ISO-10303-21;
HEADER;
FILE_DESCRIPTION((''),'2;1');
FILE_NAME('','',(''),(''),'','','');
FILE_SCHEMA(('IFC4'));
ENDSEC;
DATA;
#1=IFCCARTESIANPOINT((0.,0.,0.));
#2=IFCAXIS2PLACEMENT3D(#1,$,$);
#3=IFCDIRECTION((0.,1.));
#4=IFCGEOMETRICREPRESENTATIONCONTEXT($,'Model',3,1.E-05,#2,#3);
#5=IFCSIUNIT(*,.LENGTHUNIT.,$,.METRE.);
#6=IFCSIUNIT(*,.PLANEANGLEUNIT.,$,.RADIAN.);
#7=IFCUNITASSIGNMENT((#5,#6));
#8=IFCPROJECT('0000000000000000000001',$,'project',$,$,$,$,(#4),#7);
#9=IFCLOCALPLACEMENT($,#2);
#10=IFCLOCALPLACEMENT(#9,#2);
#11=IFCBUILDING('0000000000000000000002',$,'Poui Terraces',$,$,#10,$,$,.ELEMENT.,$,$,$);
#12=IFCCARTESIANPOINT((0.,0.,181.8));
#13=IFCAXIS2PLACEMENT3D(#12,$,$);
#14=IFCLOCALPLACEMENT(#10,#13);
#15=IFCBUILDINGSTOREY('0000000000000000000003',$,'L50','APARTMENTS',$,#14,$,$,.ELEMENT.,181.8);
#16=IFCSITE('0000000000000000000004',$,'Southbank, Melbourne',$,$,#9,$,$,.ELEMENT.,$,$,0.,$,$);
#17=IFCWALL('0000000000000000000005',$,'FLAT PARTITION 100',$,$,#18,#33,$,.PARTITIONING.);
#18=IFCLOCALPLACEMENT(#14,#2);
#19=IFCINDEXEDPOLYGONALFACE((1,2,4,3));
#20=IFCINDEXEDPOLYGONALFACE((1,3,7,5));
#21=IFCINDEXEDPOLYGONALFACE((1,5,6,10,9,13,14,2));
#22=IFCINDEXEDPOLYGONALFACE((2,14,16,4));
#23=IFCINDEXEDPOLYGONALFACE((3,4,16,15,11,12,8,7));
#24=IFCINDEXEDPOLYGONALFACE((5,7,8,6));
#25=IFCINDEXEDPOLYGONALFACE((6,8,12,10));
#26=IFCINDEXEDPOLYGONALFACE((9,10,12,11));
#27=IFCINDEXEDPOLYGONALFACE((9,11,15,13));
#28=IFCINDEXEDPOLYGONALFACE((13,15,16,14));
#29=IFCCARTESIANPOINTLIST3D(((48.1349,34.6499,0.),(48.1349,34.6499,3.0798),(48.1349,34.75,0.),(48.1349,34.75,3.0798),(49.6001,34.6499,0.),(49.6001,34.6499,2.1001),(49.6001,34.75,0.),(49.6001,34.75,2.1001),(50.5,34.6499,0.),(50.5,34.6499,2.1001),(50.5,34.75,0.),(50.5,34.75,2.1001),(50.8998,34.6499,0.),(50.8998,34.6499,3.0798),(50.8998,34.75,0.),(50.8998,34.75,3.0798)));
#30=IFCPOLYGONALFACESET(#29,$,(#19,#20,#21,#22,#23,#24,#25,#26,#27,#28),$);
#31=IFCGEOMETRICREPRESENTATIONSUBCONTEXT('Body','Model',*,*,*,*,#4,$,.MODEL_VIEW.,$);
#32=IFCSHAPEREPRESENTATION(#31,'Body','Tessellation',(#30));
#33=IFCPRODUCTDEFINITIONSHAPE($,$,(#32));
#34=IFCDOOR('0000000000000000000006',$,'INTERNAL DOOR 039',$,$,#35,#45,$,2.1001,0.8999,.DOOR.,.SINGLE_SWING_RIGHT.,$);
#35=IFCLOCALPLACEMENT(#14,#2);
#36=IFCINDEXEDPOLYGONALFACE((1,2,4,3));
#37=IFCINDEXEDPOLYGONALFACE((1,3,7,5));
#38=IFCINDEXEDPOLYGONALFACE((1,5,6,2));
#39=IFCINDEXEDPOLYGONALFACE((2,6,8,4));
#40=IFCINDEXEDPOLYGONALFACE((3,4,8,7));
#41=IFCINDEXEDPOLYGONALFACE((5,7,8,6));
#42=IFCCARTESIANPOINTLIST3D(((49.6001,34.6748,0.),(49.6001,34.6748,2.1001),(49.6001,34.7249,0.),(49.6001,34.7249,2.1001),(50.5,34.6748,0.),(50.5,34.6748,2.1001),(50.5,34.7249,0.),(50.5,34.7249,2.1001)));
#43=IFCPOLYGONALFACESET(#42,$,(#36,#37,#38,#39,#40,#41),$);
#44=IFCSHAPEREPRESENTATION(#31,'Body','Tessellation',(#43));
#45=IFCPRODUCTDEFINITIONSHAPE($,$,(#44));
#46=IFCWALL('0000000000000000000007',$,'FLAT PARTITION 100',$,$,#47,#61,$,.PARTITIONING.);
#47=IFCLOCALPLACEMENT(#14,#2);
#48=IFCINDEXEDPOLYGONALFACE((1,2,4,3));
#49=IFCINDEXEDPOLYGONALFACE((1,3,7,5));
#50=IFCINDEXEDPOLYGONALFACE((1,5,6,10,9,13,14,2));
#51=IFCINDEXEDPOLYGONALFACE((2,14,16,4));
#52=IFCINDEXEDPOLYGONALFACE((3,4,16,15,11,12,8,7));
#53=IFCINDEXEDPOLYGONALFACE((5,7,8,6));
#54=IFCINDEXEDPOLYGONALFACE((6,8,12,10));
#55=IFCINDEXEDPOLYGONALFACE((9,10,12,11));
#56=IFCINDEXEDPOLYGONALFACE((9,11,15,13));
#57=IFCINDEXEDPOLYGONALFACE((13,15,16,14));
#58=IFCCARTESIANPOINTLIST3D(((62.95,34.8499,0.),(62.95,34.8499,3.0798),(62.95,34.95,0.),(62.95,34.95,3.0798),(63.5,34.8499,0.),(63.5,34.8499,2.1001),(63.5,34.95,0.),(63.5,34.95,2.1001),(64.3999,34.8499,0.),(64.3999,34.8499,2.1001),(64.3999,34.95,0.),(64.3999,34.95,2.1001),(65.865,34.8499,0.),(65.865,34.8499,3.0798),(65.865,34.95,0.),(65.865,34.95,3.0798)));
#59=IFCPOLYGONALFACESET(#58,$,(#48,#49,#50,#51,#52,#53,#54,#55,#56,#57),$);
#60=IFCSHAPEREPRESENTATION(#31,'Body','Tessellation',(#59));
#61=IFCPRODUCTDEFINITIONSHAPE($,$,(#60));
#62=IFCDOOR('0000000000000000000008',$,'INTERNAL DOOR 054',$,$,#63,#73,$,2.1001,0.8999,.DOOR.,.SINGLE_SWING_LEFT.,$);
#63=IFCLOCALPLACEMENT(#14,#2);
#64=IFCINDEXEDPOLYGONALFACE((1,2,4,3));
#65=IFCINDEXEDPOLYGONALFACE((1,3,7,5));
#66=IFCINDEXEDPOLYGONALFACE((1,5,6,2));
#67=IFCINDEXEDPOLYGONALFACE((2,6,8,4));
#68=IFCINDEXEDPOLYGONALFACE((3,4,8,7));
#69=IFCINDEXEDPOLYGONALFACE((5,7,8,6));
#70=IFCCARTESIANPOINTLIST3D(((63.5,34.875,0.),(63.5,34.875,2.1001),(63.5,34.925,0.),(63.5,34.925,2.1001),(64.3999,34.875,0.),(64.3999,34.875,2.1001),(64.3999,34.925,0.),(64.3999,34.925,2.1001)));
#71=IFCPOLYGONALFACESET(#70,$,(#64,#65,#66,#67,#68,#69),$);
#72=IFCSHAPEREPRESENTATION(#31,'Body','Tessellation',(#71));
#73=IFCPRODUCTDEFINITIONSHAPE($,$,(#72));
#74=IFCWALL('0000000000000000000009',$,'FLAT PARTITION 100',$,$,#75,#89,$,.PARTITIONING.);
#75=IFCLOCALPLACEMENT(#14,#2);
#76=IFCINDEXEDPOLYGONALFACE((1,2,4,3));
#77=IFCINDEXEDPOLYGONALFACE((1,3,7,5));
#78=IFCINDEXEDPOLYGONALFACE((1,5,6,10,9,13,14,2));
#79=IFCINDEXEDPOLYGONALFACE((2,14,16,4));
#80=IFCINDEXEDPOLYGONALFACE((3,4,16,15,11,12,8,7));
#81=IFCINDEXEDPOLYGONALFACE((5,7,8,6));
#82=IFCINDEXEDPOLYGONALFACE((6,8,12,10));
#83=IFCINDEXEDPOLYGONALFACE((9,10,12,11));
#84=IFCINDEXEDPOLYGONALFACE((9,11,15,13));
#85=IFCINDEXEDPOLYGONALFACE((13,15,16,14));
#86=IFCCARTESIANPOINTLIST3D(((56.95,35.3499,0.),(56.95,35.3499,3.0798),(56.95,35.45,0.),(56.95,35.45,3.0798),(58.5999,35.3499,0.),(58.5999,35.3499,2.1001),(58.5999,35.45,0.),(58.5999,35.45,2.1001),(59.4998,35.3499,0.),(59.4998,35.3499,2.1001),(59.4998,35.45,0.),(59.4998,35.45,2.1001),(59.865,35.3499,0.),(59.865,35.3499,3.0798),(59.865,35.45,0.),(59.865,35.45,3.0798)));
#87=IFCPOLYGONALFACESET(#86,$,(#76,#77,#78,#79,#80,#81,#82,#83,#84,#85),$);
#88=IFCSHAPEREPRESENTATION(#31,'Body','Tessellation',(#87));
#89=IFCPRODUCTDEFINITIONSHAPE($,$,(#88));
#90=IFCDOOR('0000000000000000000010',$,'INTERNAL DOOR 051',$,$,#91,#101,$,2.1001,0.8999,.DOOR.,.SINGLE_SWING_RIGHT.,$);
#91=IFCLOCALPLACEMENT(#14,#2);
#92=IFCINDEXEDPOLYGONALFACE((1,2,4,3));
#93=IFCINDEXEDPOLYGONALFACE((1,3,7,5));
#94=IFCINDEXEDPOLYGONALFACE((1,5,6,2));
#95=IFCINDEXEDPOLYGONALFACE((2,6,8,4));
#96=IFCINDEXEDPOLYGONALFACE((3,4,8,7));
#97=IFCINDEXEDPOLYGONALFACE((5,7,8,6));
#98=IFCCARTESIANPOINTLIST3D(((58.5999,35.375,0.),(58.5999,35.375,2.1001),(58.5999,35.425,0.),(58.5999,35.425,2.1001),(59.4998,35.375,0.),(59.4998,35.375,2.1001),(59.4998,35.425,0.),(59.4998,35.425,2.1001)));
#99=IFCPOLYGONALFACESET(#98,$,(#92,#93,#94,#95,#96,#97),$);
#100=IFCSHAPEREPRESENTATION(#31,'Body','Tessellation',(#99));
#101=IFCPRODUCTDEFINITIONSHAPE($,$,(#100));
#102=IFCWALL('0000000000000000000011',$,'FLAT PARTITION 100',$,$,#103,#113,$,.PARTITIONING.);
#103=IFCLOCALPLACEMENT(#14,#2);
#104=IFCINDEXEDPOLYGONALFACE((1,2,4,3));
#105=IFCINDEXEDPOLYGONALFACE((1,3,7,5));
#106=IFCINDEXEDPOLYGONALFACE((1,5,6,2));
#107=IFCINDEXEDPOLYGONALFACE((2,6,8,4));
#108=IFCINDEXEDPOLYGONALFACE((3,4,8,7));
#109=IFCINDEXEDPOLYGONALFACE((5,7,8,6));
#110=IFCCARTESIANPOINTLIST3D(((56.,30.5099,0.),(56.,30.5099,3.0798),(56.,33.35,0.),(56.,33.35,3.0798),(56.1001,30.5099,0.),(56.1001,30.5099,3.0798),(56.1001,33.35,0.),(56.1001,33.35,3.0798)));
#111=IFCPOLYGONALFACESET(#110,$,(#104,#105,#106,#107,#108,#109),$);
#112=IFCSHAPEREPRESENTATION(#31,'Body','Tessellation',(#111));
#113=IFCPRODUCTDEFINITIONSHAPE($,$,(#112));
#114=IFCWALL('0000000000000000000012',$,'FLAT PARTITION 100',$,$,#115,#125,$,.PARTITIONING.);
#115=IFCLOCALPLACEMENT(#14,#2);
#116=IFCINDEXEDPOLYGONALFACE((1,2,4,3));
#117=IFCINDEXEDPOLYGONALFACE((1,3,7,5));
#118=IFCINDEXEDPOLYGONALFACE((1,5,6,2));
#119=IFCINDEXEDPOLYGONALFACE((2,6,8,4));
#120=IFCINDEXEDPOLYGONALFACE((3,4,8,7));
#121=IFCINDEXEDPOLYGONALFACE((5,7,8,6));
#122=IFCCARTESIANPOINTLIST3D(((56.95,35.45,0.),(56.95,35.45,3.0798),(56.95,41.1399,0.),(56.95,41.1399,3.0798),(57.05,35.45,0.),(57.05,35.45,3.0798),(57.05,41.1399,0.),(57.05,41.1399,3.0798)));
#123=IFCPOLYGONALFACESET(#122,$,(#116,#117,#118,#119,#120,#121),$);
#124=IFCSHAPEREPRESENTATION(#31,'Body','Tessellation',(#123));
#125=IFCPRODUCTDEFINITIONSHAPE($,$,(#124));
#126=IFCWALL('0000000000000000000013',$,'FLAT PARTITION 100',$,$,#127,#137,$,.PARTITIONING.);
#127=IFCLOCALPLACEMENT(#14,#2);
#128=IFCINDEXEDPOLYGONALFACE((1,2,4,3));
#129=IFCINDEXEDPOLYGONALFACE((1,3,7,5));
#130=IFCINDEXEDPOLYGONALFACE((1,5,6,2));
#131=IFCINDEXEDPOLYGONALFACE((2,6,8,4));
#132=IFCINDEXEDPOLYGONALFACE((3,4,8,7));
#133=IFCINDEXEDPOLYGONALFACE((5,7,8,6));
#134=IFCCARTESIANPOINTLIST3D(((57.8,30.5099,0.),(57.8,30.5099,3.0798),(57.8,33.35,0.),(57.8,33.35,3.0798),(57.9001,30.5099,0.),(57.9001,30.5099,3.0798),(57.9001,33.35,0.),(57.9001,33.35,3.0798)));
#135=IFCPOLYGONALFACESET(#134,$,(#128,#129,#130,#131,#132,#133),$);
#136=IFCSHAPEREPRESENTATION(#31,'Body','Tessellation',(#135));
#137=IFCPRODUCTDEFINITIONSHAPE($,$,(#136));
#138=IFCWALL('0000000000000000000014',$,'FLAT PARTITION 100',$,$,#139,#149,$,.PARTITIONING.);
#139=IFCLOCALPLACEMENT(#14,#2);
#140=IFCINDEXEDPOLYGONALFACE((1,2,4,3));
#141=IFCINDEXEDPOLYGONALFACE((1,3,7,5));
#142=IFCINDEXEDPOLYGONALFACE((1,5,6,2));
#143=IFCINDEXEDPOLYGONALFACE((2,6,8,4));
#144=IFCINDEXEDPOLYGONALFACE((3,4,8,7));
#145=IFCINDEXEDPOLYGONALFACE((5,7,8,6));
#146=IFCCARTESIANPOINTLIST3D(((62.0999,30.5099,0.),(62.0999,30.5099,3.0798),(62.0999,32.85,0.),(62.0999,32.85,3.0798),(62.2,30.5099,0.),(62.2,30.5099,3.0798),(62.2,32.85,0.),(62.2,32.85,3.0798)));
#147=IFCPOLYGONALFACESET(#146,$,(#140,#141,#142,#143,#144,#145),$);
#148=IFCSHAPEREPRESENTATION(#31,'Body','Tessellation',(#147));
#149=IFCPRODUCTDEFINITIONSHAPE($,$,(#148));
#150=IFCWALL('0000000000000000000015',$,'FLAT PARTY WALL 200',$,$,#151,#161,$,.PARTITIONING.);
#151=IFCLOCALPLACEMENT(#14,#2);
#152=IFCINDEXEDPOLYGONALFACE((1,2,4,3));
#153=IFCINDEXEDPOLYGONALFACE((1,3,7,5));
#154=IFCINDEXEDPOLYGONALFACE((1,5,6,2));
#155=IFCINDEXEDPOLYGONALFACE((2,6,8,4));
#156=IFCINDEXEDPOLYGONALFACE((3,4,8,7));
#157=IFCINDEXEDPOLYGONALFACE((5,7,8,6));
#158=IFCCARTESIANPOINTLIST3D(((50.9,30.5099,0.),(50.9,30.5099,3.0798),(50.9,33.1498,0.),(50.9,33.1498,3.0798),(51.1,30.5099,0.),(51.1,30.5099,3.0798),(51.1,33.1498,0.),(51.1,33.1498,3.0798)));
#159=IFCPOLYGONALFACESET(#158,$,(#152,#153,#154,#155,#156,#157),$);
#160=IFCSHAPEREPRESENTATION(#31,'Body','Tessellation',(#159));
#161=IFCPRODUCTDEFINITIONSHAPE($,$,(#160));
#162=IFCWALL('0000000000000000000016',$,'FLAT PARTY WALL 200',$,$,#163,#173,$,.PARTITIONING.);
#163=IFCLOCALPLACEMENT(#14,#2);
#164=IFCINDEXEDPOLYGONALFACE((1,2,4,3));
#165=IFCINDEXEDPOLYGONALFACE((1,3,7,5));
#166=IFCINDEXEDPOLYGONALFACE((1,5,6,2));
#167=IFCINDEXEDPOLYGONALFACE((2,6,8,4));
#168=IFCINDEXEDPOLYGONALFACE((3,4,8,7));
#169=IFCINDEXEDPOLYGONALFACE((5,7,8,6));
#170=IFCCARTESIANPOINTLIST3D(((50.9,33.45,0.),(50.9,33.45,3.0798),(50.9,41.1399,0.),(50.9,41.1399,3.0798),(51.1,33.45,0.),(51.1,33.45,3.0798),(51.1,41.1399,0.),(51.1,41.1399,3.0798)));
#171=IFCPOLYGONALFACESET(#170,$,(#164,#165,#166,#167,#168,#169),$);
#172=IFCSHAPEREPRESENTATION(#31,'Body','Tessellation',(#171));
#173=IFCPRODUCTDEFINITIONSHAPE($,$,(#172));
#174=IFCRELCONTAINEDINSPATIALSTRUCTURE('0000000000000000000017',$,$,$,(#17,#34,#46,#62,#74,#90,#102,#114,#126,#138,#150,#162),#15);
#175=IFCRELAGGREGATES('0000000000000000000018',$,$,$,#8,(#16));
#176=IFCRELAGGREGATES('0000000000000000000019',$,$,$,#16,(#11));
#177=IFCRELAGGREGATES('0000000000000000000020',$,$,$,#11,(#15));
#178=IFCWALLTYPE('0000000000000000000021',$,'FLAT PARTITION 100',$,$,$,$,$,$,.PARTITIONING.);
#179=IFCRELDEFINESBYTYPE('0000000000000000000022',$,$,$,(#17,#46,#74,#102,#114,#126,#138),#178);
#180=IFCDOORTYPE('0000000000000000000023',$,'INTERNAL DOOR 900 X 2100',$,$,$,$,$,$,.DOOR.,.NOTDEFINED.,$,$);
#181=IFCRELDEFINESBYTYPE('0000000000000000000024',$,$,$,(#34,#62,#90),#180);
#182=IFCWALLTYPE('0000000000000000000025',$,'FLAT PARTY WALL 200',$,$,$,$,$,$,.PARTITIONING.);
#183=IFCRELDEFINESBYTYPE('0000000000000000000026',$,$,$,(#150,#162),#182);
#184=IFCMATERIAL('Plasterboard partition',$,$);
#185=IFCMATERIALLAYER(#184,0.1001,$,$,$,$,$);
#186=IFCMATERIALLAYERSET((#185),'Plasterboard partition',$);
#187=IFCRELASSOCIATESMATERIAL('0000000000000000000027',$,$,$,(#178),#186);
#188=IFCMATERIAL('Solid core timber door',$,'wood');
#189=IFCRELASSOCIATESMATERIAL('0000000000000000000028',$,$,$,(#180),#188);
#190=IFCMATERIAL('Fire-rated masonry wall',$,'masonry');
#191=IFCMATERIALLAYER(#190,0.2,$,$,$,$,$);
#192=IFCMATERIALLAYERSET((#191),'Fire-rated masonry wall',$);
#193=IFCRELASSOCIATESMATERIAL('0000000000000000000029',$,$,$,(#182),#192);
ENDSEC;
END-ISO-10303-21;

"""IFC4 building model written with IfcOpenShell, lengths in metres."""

from ifc_helpers import new_model, si_unit, direction, frame, frame_2d, origin, place, context, subcontext, project, spatial, rectangle, extrude, material, layer, layer_set, type_object, element, fill, save


model = new_model("IFC4")

# Units and contexts
model_context = context("Model", 3, precision=1e-05, world=origin(), true_north=direction((0.0, 1.0)))
body_context = subcontext(model_context, "Body", "Model", "MODEL_VIEW")
ifc_project = project(units=[si_unit("LENGTHUNIT", "METRE"), si_unit("PLANEANGLEUNIT", "RADIAN")], contexts=[model_context])

# Site, building, storey
site_placement = place(None, origin())
site = spatial("IfcSite", under=ifc_project, at=site_placement, Name="Southbank, Melbourne", CompositionType="ELEMENT", RefElevation=0.0)
building_placement = place(site_placement, origin())
building = spatial("IfcBuilding", under=site, at=building_placement, Name="Poui Terraces", CompositionType="ELEMENT")
storey_placement = place(building_placement, frame((0.0, 0.0, 181.8)))
storey = spatial("IfcBuildingStorey", under=building, at=storey_placement, Name="L50", Description="APARTMENTS", CompositionType="ELEMENT", Elevation=181.8)

# Walls, openings, doors
ifc_material_1 = material(Name="Plasterboard partition")
ifc_layer_1 = layer(ifc_material_1, 0.1001)
ifc_layer_set_1 = layer_set([ifc_layer_1], Name="Plasterboard partition")
wall_type_1 = type_object("IfcWallType", Name="FLAT PARTITION 100", PredefinedType="PARTITIONING", material=ifc_layer_set_1)
ifc_material_2 = material(Name="Solid core timber door", Category="wood")
door_type_1 = type_object("IfcDoorType", Name="INTERNAL DOOR 900 X 2100", OperationType="NOTDEFINED", PredefinedType="DOOR", material=ifc_material_2)
wall_1_placement = place(storey_placement, frame((48.135, 34.7, 0.0), z_axis=(0.0, 0.0, 1.0), x_axis=(1.0, 0.0, 0.0)))
wall_1 = element("IfcWall", 1, at=wall_1_placement, inside=storey, type_object=wall_type_1, Name="FLAT PARTITION 100", PredefinedType="PARTITIONING", context=body_context, shape_type="SweptSolid", body=[
    extrude(rectangle(XDim=2.7649, YDim=0.1001, at=frame_2d((1.3823, 0.0))), origin(), (0.0, 0.0, 1.0), 3.0798),
])
opening_1_placement = place(wall_1_placement, frame((1.4651, 0.0, 0.0)))
opening_1 = element("IfcOpeningElement", 2, at=opening_1_placement, cuts=wall_1, PredefinedType="OPENING", context=body_context, shape_type="SweptSolid", body=[
    extrude(rectangle(XDim=0.8999, YDim=2.1001, at=frame_2d((0.45, 1.05))), frame((0.0, 0.0601, 0.0), z_axis=(0.0, -1.0, 0.0), x_axis=(1.0, 0.0, 0.0)), (0.0, 0.0, 1.0), 0.1201),
])
door_1_placement = place(opening_1_placement, origin())
door_1 = element("IfcDoor", 3, at=door_1_placement, inside=storey, type_object=door_type_1, Name="INTERNAL DOOR 039", OperationType="SINGLE_SWING_RIGHT", OverallHeight=2.1001, OverallWidth=0.8999, PredefinedType="DOOR", context=body_context, shape_type="SweptSolid", body=[
    extrude(rectangle(XDim=0.8999, YDim=2.1001, at=frame_2d((0.45, 1.05))), frame((0.0, 0.0249, 0.0), z_axis=(0.0, -1.0, 0.0), x_axis=(1.0, 0.0, 0.0)), (0.0, 0.0, 1.0), 0.05),
])
fill(opening_1, door_1)
wall_2_placement = place(storey_placement, frame((62.95, 34.8999, 0.0), z_axis=(0.0, 0.0, 1.0), x_axis=(1.0, 0.0, 0.0)))
wall_2 = element("IfcWall", 4, at=wall_2_placement, inside=storey, type_object=wall_type_1, Name="FLAT PARTITION 100", PredefinedType="PARTITIONING", context=body_context, shape_type="SweptSolid", body=[
    extrude(rectangle(XDim=2.915, YDim=0.1001, at=frame_2d((1.4575, 0.0))), origin(), (0.0, 0.0, 1.0), 3.0798),
])
opening_2_placement = place(wall_2_placement, frame((0.55, 0.0, 0.0)))
opening_2 = element("IfcOpeningElement", 5, at=opening_2_placement, cuts=wall_2, PredefinedType="OPENING", context=body_context, shape_type="SweptSolid", body=[
    extrude(rectangle(XDim=0.8999, YDim=2.1001, at=frame_2d((0.45, 1.05))), frame((0.0, 0.0601, 0.0), z_axis=(0.0, -1.0, 0.0), x_axis=(1.0, 0.0, 0.0)), (0.0, 0.0, 1.0), 0.1201),
])
door_2_placement = place(opening_2_placement, frame((0.8999, 0.0, 0.0), z_axis=(0.0, 0.0, 1.0), x_axis=(-1.0, 0.0, 0.0)))
door_2 = element("IfcDoor", 6, at=door_2_placement, inside=storey, type_object=door_type_1, Name="INTERNAL DOOR 054", OperationType="SINGLE_SWING_LEFT", OverallHeight=2.1001, OverallWidth=0.8999, PredefinedType="DOOR", context=body_context, shape_type="SweptSolid", body=[
    extrude(rectangle(XDim=0.8999, YDim=2.1001, at=frame_2d((0.45, 1.05))), frame((0.0, 0.0249, 0.0), z_axis=(0.0, -1.0, 0.0), x_axis=(1.0, 0.0, 0.0)), (0.0, 0.0, 1.0), 0.05),
])
fill(opening_2, door_2)
wall_3_placement = place(storey_placement, frame((56.95, 35.3999, 0.0), z_axis=(0.0, 0.0, 1.0), x_axis=(1.0, 0.0, 0.0)))
wall_3 = element("IfcWall", 7, at=wall_3_placement, inside=storey, type_object=wall_type_1, Name="FLAT PARTITION 100", PredefinedType="PARTITIONING", context=body_context, shape_type="SweptSolid", body=[
    extrude(rectangle(XDim=2.915, YDim=0.1001, at=frame_2d((1.4575, 0.0))), origin(), (0.0, 0.0, 1.0), 3.0798),
])
opening_3_placement = place(wall_3_placement, frame((1.6499, 0.0, 0.0)))
opening_3 = element("IfcOpeningElement", 8, at=opening_3_placement, cuts=wall_3, PredefinedType="OPENING", context=body_context, shape_type="SweptSolid", body=[
    extrude(rectangle(XDim=0.8999, YDim=2.1001, at=frame_2d((0.45, 1.05))), frame((0.0, 0.0601, 0.0), z_axis=(0.0, -1.0, 0.0), x_axis=(1.0, 0.0, 0.0)), (0.0, 0.0, 1.0), 0.1201),
])
door_3_placement = place(opening_3_placement, frame((0.8999, 0.0, 0.0), z_axis=(0.0, 0.0, 1.0), x_axis=(-1.0, 0.0, 0.0)))
door_3 = element("IfcDoor", 9, at=door_3_placement, inside=storey, type_object=door_type_1, Name="INTERNAL DOOR 051", OperationType="SINGLE_SWING_RIGHT", OverallHeight=2.1001, OverallWidth=0.8999, PredefinedType="DOOR", context=body_context, shape_type="SweptSolid", body=[
    extrude(rectangle(XDim=0.8999, YDim=2.1001, at=frame_2d((0.45, 1.05))), frame((0.0, 0.0249, 0.0), z_axis=(0.0, -1.0, 0.0), x_axis=(1.0, 0.0, 0.0)), (0.0, 0.0, 1.0), 0.05),
])
fill(opening_3, door_3)

# Walls
wall_4_placement = place(storey_placement, frame((56.05, 30.51, 0.0), z_axis=(0.0, 0.0, 1.0), x_axis=(0.0, 1.0, 0.0)))
element("IfcWall", 10, at=wall_4_placement, inside=storey, type_object=wall_type_1, Name="FLAT PARTITION 100", PredefinedType="PARTITIONING", context=body_context, shape_type="SweptSolid", body=[
    extrude(rectangle(XDim=2.8401, YDim=0.1001, at=frame_2d((1.4199, 0.0))), origin(), (0.0, 0.0, 1.0), 3.0798),
])
wall_5_placement = place(storey_placement, frame((57.0, 35.45, 0.0), z_axis=(0.0, 0.0, 1.0), x_axis=(0.0, 1.0, 0.0)))
element("IfcWall", 11, at=wall_5_placement, inside=storey, type_object=wall_type_1, Name="FLAT PARTITION 100", PredefinedType="PARTITIONING", context=body_context, shape_type="SweptSolid", body=[
    extrude(rectangle(XDim=5.6899, YDim=0.1001, at=frame_2d((2.845, 0.0))), origin(), (0.0, 0.0, 1.0), 3.0798),
])
wall_6_placement = place(storey_placement, frame((57.8501, 30.51, 0.0), z_axis=(0.0, 0.0, 1.0), x_axis=(0.0, 1.0, 0.0)))
element("IfcWall", 12, at=wall_6_placement, inside=storey, type_object=wall_type_1, Name="FLAT PARTITION 100", PredefinedType="PARTITIONING", context=body_context, shape_type="SweptSolid", body=[
    extrude(rectangle(XDim=2.8401, YDim=0.1001, at=frame_2d((1.4199, 0.0))), origin(), (0.0, 0.0, 1.0), 3.0798),
])
wall_7_placement = place(storey_placement, frame((62.1499, 30.51, 0.0), z_axis=(0.0, 0.0, 1.0), x_axis=(0.0, 1.0, 0.0)))
element("IfcWall", 13, at=wall_7_placement, inside=storey, type_object=wall_type_1, Name="FLAT PARTITION 100", PredefinedType="PARTITIONING", context=body_context, shape_type="SweptSolid", body=[
    extrude(rectangle(XDim=2.3401, YDim=0.1001, at=frame_2d((1.1699, 0.0))), origin(), (0.0, 0.0, 1.0), 3.0798),
])
ifc_material_3 = material(Name="Fire-rated masonry wall", Category="masonry")
ifc_layer_2 = layer(ifc_material_3, 0.2)
ifc_layer_set_2 = layer_set([ifc_layer_2], Name="Fire-rated masonry wall")
wall_type_2 = type_object("IfcWallType", Name="FLAT PARTY WALL 200", PredefinedType="PARTITIONING", material=ifc_layer_set_2)
wall_8_placement = place(storey_placement, frame((51.0, 30.51, 0.0), z_axis=(0.0, 0.0, 1.0), x_axis=(0.0, 1.0, 0.0)))
element("IfcWall", 14, at=wall_8_placement, inside=storey, type_object=wall_type_2, Name="FLAT PARTY WALL 200", PredefinedType="PARTITIONING", context=body_context, shape_type="SweptSolid", body=[
    extrude(rectangle(XDim=2.6399, YDim=0.2, at=frame_2d((1.3198, 0.0))), origin(), (0.0, 0.0, 1.0), 3.0798),
])
wall_9_placement = place(storey_placement, frame((51.0, 33.45, 0.0), z_axis=(0.0, 0.0, 1.0), x_axis=(0.0, 1.0, 0.0)))
element("IfcWall", 15, at=wall_9_placement, inside=storey, type_object=wall_type_2, Name="FLAT PARTY WALL 200", PredefinedType="PARTITIONING", context=body_context, shape_type="SweptSolid", body=[
    extrude(rectangle(XDim=7.6899, YDim=0.2, at=frame_2d((3.845, 0.0))), origin(), (0.0, 0.0, 1.0), 3.0798),
])

save(model, "model.ifc")
